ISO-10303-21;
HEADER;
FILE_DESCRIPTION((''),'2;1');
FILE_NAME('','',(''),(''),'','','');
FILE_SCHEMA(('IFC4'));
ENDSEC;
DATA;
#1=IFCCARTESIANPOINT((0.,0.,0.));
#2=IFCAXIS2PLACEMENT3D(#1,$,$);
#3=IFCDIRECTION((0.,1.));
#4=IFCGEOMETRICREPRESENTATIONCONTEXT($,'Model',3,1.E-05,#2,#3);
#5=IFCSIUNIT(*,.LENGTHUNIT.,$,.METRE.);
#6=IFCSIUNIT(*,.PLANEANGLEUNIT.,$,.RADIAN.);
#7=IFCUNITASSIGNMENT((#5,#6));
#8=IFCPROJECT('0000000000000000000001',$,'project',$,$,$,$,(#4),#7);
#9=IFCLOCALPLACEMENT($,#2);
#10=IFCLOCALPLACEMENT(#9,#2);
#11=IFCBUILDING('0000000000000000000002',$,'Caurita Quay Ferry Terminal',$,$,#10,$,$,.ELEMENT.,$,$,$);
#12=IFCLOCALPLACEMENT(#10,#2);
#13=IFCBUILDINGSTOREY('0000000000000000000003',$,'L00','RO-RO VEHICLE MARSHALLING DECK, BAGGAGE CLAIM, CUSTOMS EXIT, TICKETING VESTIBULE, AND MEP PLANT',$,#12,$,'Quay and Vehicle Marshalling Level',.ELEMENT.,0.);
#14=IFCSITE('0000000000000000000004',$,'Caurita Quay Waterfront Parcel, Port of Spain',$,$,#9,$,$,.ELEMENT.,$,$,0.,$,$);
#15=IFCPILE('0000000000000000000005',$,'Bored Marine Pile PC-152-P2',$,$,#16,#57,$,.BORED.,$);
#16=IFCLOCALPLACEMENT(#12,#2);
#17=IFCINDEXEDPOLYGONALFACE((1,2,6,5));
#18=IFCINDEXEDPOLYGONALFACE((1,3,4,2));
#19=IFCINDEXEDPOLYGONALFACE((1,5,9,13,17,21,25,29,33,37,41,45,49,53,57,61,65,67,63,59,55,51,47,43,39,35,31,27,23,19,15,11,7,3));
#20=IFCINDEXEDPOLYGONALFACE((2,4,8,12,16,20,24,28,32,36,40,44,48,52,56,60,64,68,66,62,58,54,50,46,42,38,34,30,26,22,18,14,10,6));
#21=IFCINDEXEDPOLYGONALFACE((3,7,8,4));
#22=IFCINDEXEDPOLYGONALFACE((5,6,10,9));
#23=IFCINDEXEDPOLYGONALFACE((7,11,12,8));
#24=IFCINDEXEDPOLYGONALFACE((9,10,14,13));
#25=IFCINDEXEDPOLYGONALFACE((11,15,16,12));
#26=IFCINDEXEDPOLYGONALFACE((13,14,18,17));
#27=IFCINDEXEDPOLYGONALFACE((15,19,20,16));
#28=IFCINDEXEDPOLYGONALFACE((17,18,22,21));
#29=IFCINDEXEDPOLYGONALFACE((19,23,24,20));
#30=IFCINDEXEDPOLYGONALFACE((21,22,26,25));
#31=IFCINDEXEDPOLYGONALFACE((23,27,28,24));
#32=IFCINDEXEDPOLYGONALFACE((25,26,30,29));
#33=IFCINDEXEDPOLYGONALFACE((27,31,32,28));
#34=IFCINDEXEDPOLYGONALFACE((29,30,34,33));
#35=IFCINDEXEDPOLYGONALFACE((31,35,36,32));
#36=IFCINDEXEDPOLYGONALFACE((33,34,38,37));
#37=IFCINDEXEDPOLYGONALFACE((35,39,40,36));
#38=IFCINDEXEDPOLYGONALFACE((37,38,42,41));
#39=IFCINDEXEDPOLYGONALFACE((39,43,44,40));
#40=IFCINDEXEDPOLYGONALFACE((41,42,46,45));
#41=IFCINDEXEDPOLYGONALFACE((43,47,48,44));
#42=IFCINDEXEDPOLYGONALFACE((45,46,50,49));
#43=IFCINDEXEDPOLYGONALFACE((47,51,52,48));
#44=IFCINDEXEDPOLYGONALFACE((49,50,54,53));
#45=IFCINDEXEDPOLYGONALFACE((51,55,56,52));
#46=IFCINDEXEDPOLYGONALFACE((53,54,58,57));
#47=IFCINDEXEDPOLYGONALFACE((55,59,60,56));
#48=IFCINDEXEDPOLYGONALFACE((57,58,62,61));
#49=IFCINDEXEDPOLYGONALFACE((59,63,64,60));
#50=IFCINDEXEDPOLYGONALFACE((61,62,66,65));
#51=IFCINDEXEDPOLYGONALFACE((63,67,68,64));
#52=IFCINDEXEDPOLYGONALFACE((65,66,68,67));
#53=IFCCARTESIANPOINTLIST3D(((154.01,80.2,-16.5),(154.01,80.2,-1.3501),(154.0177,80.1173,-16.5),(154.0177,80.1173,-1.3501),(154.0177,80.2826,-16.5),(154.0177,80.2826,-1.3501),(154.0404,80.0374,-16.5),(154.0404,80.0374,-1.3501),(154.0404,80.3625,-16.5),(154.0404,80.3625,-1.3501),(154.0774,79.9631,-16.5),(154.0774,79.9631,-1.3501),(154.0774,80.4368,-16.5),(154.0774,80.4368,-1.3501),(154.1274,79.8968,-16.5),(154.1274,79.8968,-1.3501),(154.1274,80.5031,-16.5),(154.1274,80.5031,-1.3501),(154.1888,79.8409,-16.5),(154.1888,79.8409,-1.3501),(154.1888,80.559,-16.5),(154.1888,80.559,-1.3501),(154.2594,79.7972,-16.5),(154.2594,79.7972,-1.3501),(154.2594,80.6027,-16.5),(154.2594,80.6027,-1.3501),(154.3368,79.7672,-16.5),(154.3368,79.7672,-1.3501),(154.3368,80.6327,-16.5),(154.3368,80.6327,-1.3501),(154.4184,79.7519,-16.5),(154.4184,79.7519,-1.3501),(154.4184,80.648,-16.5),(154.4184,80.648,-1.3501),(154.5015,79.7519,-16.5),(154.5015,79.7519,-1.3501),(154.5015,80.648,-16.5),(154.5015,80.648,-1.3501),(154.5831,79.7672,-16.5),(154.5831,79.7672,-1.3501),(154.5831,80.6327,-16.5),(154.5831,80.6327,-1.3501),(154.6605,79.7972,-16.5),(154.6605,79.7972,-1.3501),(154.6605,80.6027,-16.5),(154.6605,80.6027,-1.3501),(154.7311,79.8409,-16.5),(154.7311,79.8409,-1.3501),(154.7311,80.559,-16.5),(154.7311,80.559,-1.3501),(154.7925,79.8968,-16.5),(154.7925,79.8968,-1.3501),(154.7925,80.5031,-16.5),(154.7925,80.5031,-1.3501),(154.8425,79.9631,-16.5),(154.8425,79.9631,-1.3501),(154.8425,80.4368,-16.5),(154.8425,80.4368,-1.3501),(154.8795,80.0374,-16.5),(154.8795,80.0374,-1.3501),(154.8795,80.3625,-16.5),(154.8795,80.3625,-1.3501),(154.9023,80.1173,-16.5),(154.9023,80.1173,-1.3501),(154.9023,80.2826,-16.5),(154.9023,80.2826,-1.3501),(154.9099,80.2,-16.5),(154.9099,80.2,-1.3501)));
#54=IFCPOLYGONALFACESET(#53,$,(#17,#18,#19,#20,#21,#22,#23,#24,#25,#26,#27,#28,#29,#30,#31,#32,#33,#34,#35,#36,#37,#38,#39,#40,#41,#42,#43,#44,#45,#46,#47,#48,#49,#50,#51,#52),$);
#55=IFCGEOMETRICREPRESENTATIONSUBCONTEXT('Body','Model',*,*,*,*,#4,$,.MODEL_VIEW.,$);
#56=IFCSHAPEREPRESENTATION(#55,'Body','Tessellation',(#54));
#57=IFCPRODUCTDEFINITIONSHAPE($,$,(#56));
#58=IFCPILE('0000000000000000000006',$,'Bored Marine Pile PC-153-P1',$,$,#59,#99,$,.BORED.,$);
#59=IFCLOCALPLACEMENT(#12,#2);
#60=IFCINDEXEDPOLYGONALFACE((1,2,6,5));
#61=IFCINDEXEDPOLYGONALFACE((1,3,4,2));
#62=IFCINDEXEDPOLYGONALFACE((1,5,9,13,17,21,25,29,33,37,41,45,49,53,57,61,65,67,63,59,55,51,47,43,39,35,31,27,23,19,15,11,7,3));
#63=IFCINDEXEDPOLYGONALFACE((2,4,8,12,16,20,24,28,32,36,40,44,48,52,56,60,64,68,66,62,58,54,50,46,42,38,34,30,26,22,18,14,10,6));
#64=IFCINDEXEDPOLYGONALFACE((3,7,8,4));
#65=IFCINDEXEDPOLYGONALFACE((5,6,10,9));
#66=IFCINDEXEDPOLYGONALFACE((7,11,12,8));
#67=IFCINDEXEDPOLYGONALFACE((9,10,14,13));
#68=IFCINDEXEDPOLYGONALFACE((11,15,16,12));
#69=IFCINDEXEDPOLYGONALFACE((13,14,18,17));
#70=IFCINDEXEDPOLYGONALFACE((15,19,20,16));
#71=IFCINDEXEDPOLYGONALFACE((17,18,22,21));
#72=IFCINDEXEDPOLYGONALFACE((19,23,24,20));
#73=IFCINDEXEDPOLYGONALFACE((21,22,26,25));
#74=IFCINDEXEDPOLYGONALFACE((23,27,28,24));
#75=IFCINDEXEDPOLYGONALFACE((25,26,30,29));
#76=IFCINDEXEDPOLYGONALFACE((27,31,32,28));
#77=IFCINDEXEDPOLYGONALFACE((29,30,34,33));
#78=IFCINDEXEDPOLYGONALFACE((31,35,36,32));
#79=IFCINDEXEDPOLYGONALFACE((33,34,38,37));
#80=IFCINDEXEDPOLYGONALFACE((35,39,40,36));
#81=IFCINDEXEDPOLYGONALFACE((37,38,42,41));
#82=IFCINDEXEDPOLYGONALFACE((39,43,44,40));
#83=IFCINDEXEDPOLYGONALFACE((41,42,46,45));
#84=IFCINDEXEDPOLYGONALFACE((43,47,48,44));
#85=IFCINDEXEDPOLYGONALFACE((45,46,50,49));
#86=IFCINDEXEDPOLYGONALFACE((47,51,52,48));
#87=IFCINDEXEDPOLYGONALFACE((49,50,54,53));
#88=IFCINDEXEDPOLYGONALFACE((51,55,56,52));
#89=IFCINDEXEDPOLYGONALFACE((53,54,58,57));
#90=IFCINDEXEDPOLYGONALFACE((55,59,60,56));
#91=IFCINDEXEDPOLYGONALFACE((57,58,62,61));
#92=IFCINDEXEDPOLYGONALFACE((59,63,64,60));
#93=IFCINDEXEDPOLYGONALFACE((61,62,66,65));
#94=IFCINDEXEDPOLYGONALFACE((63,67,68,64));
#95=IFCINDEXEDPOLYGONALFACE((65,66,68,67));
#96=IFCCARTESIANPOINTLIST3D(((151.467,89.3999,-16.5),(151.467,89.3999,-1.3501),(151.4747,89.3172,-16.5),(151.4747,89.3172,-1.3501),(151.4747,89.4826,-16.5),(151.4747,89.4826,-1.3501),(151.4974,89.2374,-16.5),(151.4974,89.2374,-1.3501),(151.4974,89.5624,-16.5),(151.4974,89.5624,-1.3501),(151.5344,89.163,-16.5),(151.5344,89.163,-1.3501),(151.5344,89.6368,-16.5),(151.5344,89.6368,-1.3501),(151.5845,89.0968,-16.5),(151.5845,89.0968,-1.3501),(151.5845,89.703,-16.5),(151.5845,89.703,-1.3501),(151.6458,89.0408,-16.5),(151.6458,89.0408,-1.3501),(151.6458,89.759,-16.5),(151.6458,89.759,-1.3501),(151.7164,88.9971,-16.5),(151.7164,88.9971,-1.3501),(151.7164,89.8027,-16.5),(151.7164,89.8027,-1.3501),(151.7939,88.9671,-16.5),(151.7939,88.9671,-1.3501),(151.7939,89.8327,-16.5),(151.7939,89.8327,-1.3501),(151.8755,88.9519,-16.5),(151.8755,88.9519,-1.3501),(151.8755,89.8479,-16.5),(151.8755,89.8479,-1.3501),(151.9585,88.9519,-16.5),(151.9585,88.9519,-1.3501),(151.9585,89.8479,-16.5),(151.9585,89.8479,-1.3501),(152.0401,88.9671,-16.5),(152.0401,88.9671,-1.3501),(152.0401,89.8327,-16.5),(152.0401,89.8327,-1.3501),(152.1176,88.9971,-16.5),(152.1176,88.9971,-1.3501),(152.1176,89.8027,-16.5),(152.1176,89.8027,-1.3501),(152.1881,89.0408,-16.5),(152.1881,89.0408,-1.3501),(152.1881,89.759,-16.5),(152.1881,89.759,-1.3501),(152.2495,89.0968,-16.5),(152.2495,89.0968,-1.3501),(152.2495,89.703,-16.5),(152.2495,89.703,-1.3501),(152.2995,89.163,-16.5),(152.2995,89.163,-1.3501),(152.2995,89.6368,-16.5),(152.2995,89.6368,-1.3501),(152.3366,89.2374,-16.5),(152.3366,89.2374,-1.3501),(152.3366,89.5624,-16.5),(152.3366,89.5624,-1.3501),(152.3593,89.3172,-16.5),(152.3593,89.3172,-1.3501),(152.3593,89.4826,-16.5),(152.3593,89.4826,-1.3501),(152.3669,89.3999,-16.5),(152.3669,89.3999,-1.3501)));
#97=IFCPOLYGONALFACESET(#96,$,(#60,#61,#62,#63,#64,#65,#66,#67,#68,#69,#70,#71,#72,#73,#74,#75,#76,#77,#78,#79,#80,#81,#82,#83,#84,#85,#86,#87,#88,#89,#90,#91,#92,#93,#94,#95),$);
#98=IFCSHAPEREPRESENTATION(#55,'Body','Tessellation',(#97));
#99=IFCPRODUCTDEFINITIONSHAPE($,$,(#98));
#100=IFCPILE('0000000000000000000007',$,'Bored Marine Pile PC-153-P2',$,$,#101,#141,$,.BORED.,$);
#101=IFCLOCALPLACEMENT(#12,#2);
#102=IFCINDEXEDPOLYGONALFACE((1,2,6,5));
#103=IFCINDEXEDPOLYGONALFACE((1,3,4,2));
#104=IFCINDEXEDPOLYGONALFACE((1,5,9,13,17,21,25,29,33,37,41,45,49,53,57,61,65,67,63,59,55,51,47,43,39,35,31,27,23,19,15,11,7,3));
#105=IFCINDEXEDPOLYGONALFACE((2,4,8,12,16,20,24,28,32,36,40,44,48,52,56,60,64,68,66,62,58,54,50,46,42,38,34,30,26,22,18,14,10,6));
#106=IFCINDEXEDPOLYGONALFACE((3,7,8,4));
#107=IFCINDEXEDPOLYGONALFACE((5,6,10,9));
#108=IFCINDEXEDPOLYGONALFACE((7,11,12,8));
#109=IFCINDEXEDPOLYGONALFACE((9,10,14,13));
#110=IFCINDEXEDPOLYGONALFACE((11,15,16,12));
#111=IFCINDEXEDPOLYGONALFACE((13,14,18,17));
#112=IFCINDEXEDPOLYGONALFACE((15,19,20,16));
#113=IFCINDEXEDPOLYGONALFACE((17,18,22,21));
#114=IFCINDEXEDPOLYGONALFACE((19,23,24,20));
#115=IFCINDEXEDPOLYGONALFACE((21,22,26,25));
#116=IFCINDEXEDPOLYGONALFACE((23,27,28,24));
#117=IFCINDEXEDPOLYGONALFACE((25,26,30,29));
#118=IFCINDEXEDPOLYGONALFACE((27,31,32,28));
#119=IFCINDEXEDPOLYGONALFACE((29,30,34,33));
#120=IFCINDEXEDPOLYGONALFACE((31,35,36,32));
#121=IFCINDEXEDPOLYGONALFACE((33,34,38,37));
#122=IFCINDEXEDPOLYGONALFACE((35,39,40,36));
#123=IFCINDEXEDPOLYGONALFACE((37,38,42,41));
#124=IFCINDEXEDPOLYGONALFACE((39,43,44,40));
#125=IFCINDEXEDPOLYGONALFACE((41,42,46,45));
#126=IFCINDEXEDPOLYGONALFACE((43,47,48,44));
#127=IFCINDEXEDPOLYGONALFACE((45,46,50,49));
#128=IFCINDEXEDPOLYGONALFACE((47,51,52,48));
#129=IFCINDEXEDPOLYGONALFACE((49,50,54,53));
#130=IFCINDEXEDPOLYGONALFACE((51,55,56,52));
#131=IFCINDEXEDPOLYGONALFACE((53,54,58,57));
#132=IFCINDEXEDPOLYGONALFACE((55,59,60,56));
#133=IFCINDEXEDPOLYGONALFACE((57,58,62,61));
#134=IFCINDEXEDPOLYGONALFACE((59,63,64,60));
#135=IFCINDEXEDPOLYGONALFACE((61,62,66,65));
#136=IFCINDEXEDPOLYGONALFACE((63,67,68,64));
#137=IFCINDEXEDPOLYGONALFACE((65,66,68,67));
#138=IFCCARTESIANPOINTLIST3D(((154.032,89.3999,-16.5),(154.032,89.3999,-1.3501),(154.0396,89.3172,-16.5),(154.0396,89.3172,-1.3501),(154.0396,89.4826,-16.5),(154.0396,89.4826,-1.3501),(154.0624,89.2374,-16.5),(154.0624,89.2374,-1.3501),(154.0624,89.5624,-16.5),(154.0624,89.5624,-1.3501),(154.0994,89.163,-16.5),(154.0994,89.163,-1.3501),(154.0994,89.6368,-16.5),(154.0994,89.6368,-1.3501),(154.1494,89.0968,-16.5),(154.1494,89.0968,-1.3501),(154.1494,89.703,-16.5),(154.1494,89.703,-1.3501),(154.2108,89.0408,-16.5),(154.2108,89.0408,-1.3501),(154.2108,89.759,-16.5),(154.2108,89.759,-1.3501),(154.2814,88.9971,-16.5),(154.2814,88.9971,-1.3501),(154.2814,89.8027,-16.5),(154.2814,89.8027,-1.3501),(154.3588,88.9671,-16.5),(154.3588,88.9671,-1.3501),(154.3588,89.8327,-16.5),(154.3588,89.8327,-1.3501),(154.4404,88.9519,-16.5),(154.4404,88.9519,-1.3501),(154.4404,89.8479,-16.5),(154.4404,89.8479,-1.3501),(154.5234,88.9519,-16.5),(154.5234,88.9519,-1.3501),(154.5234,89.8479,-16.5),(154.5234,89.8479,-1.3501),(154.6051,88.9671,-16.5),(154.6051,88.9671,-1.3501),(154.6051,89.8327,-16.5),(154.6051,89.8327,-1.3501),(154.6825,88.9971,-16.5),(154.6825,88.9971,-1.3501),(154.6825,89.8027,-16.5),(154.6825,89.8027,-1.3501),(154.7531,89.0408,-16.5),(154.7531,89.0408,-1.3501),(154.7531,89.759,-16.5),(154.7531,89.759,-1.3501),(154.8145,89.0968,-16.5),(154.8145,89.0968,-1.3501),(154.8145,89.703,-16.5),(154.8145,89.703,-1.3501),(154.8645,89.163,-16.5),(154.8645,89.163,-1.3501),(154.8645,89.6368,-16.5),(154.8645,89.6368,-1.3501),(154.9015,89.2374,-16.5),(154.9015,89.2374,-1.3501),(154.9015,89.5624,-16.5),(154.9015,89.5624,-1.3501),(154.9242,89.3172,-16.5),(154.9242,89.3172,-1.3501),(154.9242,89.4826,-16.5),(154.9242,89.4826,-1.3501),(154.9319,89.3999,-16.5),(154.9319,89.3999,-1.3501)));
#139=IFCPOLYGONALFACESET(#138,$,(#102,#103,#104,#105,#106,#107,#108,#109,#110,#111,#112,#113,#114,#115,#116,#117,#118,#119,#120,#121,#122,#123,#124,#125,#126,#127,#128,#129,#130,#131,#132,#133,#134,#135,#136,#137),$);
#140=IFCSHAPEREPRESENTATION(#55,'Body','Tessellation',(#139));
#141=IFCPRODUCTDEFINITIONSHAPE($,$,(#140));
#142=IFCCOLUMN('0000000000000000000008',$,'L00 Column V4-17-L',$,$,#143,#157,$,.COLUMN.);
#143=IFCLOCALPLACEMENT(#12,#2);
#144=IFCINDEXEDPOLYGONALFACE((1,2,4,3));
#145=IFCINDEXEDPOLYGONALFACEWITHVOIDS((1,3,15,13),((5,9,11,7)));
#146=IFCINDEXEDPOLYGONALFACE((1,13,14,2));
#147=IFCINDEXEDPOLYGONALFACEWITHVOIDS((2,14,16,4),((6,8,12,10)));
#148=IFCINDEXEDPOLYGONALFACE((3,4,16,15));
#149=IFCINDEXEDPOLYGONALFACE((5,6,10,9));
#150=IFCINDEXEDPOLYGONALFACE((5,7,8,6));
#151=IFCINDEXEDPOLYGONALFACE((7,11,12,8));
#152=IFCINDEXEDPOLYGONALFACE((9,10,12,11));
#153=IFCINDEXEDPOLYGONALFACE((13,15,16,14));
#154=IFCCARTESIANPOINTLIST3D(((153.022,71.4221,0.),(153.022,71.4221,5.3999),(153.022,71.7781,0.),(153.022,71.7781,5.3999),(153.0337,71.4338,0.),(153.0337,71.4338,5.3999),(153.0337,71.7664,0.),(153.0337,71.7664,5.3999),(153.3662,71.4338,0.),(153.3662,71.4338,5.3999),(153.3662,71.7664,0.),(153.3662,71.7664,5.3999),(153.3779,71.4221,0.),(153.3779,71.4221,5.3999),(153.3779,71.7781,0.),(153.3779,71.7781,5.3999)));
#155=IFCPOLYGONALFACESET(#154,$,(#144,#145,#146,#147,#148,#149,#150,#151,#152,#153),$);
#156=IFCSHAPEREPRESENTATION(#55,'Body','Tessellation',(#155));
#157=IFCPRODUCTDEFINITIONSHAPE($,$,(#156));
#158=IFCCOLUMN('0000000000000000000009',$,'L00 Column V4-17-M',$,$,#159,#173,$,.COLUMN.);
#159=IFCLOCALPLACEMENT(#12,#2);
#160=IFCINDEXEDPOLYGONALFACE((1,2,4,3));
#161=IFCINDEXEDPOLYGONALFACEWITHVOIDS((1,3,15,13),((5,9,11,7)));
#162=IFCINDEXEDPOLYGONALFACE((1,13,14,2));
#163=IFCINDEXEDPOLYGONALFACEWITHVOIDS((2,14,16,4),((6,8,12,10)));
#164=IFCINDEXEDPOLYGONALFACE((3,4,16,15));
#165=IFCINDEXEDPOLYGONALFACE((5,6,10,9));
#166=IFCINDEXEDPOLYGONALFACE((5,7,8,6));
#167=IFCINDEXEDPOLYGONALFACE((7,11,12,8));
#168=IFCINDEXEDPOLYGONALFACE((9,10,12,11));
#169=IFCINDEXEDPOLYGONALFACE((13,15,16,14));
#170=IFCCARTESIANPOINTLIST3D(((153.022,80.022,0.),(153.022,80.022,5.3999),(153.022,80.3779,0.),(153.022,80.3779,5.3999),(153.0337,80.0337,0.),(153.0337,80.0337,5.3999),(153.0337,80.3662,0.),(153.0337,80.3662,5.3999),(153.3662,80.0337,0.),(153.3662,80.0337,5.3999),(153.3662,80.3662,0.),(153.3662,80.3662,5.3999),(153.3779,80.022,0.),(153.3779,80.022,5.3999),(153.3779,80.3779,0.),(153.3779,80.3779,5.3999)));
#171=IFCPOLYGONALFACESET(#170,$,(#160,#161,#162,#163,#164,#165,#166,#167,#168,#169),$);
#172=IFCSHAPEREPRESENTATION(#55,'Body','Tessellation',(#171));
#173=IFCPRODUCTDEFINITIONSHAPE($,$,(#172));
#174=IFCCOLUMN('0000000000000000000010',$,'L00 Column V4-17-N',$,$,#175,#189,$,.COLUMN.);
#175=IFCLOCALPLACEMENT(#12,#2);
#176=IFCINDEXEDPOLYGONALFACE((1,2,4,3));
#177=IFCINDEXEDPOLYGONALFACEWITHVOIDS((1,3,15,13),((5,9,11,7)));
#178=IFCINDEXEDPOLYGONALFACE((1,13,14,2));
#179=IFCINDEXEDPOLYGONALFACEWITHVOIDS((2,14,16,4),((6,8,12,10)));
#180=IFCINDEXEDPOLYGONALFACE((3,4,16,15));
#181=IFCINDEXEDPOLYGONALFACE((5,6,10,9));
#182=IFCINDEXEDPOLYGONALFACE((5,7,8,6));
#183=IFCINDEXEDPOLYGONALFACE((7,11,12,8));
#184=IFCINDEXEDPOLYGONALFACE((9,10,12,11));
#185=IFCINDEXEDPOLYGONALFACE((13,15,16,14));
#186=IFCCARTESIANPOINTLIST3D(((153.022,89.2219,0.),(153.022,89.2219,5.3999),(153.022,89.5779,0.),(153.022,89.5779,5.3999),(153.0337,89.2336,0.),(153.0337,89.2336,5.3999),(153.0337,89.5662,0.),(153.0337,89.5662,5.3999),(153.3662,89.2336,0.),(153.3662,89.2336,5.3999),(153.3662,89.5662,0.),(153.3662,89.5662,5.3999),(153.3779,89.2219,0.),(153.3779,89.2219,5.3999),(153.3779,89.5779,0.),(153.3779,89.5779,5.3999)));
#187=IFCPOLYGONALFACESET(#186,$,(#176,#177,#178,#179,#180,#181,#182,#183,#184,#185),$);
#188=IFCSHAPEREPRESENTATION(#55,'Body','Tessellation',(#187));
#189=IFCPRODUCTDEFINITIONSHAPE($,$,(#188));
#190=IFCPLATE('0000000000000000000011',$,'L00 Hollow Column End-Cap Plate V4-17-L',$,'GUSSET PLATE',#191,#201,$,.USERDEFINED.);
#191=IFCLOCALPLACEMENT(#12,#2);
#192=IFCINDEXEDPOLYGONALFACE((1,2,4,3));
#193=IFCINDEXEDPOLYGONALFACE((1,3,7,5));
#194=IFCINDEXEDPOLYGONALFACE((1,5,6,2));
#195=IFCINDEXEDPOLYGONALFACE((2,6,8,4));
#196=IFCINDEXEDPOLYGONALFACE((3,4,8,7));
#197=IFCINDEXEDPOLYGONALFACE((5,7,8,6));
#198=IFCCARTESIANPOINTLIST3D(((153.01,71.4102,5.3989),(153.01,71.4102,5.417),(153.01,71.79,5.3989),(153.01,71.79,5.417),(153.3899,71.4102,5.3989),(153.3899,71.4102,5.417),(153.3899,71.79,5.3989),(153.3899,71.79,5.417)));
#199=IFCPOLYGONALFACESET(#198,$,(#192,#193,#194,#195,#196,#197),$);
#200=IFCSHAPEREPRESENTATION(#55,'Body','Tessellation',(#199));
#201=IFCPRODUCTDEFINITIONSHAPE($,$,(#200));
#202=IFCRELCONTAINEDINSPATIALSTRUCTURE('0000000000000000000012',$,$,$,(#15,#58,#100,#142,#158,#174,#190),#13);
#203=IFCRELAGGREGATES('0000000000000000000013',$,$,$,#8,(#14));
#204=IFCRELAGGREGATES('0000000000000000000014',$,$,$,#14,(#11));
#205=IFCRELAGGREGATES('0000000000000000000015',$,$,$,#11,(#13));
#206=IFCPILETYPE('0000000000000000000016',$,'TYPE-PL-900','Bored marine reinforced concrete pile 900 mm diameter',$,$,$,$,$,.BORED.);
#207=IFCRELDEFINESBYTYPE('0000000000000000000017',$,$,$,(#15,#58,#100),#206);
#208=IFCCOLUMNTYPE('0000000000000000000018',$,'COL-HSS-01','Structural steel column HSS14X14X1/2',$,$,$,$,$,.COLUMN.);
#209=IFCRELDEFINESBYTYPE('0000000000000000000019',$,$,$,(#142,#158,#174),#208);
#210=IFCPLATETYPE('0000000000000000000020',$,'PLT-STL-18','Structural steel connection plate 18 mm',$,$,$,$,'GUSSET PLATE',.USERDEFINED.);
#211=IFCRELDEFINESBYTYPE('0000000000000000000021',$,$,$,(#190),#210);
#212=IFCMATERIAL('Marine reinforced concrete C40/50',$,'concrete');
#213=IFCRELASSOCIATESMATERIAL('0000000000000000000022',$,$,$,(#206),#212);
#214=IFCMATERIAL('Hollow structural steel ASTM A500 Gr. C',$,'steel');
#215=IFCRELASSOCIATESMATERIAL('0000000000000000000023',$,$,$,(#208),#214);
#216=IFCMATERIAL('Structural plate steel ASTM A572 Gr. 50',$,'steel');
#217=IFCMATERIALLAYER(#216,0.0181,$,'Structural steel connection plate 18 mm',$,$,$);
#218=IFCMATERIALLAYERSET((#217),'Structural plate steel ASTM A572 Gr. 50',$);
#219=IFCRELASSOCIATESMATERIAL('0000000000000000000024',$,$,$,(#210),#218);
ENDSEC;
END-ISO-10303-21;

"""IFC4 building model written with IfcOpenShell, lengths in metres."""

from ifc_helpers import new_model, si_unit, direction, frame, origin, origin_2d, place, context, subcontext, project, spatial, rectangle, hollow_rectangle, circle, extrude, material, layer, layer_set, material_profile, profile_set, type_object, element, save


model = new_model("IFC4")

# Units and contexts
model_context = context("Model", 3, precision=1e-05, world=origin(), true_north=direction((0.0, 1.0)))
body_context = subcontext(model_context, "Body", "Model", "MODEL_VIEW")
ifc_project = project(units=[si_unit("LENGTHUNIT", "METRE"), si_unit("PLANEANGLEUNIT", "RADIAN")], contexts=[model_context])

# Site, building, storey
site_placement = place(None, origin())
site = spatial("IfcSite", under=ifc_project, at=site_placement, Name="Caurita Quay Waterfront Parcel, Port of Spain", CompositionType="ELEMENT", RefElevation=0.0)
building_placement = place(site_placement, origin())
building = spatial("IfcBuilding", under=site, at=building_placement, Name="Caurita Quay Ferry Terminal", CompositionType="ELEMENT")
storey_placement = place(building_placement, origin())
storey = spatial("IfcBuildingStorey", under=building, at=storey_placement, Name="L00", Description="RO-RO VEHICLE MARSHALLING DECK, BAGGAGE CLAIM, CUSTOMS EXIT, TICKETING VESTIBULE, AND MEP PLANT", LongName="Quay and Vehicle Marshalling Level", CompositionType="ELEMENT", Elevation=0.0)

# Piles
ifc_material_1 = material(Name="Marine reinforced concrete C40/50", Category="concrete")
ifc_material_profile_1 = material_profile(ifc_material_1, circle(Radius=0.45, at=origin_2d()), Name="PILE-D900")
ifc_profile_set_1 = profile_set([ifc_material_profile_1], Name="Marine reinforced concrete C40/50")
pile_type = type_object("IfcPileType", Name="TYPE-PL-900", Description="Bored marine reinforced concrete pile 900 mm diameter", PredefinedType="BORED", material=ifc_profile_set_1)
for number, where, z_axis, x_axis, name in (
    (1, (154.46, 80.2, -1.3501), (0.0, 0.0, -1.0), (1.0, 0.0, 0.0), "Bored Marine Pile PC-152-P2"),
    (2, (151.917, 89.3999, -1.3501), (0.0, 0.0, -1.0), (1.0, 0.0, 0.0), "Bored Marine Pile PC-153-P1"),
    (3, (154.4819, 89.3999, -1.3501), (0.0, 0.0, -1.0), (1.0, 0.0, 0.0), "Bored Marine Pile PC-153-P2"),
):
    element("IfcPile", number, at=place(storey_placement, frame(where, z_axis=z_axis, x_axis=x_axis)), inside=storey, type_object=pile_type, Name=name, PredefinedType="BORED", context=body_context, shape_type="SweptSolid", body=[
        extrude(circle(Radius=0.45, at=origin_2d()), origin(), (0.0, 0.0, 1.0), 15.1499),
    ])

# Columns
ifc_material_2 = material(Name="Hollow structural steel ASTM A500 Gr. C", Category="steel")
ifc_material_profile_2 = material_profile(ifc_material_2, hollow_rectangle(XDim=0.356, YDim=0.356, WallThickness=0.0117, at=origin_2d()), Name="HSS14X14X1/2")
ifc_profile_set_2 = profile_set([ifc_material_profile_2], Name="Hollow structural steel ASTM A500 Gr. C")
column_type = type_object("IfcColumnType", Name="COL-HSS-01", Description="Structural steel column HSS14X14X1/2", PredefinedType="COLUMN", material=ifc_profile_set_2)
for number, where, z_axis, x_axis, name in (
    (4, (153.2, 71.6001, 0.0), (0.0, 0.0, 1.0), (1.0, 0.0, 0.0), "L00 Column V4-17-L"),
    (5, (153.2, 80.2, 0.0), (0.0, 0.0, 1.0), (1.0, 0.0, 0.0), "L00 Column V4-17-M"),
    (6, (153.2, 89.3999, 0.0), (0.0, 0.0, 1.0), (1.0, 0.0, 0.0), "L00 Column V4-17-N"),
):
    element("IfcColumn", number, at=place(storey_placement, frame(where, z_axis=z_axis, x_axis=x_axis)), inside=storey, type_object=column_type, Name=name, PredefinedType="COLUMN", context=body_context, shape_type="SweptSolid", body=[
        extrude(hollow_rectangle(XDim=0.356, YDim=0.356, WallThickness=0.0117, at=origin_2d()), origin(), (0.0, 0.0, 1.0), 5.3999),
    ])

# Plate
ifc_material_3 = material(Name="Structural plate steel ASTM A572 Gr. 50", Category="steel")
ifc_layer_1 = layer(ifc_material_3, 0.0181, Name="Structural steel connection plate 18 mm")
ifc_layer_set_1 = layer_set([ifc_layer_1], Name="Structural plate steel ASTM A572 Gr. 50")
plate_type = type_object("IfcPlateType", Name="PLT-STL-18", Description="Structural steel connection plate 18 mm", ElementType="GUSSET PLATE", PredefinedType="USERDEFINED", material=ifc_layer_set_1)
for number, where, z_axis, x_axis, name in (
    (7, (153.2, 71.6001, 5.3989), (0.0, 0.0, 1.0), (1.0, 0.0, 0.0), "L00 Hollow Column End-Cap Plate V4-17-L"),
):
    element("IfcPlate", number, at=place(storey_placement, frame(where, z_axis=z_axis, x_axis=x_axis)), inside=storey, type_object=plate_type, Name=name, ObjectType="GUSSET PLATE", PredefinedType="USERDEFINED", context=body_context, shape_type="SweptSolid", body=[
        extrude(rectangle(XDim=0.3799, YDim=0.3799, at=origin_2d()), origin(), (0.0, 0.0, 1.0), 0.0181),
    ])

save(model, "model.ifc")
